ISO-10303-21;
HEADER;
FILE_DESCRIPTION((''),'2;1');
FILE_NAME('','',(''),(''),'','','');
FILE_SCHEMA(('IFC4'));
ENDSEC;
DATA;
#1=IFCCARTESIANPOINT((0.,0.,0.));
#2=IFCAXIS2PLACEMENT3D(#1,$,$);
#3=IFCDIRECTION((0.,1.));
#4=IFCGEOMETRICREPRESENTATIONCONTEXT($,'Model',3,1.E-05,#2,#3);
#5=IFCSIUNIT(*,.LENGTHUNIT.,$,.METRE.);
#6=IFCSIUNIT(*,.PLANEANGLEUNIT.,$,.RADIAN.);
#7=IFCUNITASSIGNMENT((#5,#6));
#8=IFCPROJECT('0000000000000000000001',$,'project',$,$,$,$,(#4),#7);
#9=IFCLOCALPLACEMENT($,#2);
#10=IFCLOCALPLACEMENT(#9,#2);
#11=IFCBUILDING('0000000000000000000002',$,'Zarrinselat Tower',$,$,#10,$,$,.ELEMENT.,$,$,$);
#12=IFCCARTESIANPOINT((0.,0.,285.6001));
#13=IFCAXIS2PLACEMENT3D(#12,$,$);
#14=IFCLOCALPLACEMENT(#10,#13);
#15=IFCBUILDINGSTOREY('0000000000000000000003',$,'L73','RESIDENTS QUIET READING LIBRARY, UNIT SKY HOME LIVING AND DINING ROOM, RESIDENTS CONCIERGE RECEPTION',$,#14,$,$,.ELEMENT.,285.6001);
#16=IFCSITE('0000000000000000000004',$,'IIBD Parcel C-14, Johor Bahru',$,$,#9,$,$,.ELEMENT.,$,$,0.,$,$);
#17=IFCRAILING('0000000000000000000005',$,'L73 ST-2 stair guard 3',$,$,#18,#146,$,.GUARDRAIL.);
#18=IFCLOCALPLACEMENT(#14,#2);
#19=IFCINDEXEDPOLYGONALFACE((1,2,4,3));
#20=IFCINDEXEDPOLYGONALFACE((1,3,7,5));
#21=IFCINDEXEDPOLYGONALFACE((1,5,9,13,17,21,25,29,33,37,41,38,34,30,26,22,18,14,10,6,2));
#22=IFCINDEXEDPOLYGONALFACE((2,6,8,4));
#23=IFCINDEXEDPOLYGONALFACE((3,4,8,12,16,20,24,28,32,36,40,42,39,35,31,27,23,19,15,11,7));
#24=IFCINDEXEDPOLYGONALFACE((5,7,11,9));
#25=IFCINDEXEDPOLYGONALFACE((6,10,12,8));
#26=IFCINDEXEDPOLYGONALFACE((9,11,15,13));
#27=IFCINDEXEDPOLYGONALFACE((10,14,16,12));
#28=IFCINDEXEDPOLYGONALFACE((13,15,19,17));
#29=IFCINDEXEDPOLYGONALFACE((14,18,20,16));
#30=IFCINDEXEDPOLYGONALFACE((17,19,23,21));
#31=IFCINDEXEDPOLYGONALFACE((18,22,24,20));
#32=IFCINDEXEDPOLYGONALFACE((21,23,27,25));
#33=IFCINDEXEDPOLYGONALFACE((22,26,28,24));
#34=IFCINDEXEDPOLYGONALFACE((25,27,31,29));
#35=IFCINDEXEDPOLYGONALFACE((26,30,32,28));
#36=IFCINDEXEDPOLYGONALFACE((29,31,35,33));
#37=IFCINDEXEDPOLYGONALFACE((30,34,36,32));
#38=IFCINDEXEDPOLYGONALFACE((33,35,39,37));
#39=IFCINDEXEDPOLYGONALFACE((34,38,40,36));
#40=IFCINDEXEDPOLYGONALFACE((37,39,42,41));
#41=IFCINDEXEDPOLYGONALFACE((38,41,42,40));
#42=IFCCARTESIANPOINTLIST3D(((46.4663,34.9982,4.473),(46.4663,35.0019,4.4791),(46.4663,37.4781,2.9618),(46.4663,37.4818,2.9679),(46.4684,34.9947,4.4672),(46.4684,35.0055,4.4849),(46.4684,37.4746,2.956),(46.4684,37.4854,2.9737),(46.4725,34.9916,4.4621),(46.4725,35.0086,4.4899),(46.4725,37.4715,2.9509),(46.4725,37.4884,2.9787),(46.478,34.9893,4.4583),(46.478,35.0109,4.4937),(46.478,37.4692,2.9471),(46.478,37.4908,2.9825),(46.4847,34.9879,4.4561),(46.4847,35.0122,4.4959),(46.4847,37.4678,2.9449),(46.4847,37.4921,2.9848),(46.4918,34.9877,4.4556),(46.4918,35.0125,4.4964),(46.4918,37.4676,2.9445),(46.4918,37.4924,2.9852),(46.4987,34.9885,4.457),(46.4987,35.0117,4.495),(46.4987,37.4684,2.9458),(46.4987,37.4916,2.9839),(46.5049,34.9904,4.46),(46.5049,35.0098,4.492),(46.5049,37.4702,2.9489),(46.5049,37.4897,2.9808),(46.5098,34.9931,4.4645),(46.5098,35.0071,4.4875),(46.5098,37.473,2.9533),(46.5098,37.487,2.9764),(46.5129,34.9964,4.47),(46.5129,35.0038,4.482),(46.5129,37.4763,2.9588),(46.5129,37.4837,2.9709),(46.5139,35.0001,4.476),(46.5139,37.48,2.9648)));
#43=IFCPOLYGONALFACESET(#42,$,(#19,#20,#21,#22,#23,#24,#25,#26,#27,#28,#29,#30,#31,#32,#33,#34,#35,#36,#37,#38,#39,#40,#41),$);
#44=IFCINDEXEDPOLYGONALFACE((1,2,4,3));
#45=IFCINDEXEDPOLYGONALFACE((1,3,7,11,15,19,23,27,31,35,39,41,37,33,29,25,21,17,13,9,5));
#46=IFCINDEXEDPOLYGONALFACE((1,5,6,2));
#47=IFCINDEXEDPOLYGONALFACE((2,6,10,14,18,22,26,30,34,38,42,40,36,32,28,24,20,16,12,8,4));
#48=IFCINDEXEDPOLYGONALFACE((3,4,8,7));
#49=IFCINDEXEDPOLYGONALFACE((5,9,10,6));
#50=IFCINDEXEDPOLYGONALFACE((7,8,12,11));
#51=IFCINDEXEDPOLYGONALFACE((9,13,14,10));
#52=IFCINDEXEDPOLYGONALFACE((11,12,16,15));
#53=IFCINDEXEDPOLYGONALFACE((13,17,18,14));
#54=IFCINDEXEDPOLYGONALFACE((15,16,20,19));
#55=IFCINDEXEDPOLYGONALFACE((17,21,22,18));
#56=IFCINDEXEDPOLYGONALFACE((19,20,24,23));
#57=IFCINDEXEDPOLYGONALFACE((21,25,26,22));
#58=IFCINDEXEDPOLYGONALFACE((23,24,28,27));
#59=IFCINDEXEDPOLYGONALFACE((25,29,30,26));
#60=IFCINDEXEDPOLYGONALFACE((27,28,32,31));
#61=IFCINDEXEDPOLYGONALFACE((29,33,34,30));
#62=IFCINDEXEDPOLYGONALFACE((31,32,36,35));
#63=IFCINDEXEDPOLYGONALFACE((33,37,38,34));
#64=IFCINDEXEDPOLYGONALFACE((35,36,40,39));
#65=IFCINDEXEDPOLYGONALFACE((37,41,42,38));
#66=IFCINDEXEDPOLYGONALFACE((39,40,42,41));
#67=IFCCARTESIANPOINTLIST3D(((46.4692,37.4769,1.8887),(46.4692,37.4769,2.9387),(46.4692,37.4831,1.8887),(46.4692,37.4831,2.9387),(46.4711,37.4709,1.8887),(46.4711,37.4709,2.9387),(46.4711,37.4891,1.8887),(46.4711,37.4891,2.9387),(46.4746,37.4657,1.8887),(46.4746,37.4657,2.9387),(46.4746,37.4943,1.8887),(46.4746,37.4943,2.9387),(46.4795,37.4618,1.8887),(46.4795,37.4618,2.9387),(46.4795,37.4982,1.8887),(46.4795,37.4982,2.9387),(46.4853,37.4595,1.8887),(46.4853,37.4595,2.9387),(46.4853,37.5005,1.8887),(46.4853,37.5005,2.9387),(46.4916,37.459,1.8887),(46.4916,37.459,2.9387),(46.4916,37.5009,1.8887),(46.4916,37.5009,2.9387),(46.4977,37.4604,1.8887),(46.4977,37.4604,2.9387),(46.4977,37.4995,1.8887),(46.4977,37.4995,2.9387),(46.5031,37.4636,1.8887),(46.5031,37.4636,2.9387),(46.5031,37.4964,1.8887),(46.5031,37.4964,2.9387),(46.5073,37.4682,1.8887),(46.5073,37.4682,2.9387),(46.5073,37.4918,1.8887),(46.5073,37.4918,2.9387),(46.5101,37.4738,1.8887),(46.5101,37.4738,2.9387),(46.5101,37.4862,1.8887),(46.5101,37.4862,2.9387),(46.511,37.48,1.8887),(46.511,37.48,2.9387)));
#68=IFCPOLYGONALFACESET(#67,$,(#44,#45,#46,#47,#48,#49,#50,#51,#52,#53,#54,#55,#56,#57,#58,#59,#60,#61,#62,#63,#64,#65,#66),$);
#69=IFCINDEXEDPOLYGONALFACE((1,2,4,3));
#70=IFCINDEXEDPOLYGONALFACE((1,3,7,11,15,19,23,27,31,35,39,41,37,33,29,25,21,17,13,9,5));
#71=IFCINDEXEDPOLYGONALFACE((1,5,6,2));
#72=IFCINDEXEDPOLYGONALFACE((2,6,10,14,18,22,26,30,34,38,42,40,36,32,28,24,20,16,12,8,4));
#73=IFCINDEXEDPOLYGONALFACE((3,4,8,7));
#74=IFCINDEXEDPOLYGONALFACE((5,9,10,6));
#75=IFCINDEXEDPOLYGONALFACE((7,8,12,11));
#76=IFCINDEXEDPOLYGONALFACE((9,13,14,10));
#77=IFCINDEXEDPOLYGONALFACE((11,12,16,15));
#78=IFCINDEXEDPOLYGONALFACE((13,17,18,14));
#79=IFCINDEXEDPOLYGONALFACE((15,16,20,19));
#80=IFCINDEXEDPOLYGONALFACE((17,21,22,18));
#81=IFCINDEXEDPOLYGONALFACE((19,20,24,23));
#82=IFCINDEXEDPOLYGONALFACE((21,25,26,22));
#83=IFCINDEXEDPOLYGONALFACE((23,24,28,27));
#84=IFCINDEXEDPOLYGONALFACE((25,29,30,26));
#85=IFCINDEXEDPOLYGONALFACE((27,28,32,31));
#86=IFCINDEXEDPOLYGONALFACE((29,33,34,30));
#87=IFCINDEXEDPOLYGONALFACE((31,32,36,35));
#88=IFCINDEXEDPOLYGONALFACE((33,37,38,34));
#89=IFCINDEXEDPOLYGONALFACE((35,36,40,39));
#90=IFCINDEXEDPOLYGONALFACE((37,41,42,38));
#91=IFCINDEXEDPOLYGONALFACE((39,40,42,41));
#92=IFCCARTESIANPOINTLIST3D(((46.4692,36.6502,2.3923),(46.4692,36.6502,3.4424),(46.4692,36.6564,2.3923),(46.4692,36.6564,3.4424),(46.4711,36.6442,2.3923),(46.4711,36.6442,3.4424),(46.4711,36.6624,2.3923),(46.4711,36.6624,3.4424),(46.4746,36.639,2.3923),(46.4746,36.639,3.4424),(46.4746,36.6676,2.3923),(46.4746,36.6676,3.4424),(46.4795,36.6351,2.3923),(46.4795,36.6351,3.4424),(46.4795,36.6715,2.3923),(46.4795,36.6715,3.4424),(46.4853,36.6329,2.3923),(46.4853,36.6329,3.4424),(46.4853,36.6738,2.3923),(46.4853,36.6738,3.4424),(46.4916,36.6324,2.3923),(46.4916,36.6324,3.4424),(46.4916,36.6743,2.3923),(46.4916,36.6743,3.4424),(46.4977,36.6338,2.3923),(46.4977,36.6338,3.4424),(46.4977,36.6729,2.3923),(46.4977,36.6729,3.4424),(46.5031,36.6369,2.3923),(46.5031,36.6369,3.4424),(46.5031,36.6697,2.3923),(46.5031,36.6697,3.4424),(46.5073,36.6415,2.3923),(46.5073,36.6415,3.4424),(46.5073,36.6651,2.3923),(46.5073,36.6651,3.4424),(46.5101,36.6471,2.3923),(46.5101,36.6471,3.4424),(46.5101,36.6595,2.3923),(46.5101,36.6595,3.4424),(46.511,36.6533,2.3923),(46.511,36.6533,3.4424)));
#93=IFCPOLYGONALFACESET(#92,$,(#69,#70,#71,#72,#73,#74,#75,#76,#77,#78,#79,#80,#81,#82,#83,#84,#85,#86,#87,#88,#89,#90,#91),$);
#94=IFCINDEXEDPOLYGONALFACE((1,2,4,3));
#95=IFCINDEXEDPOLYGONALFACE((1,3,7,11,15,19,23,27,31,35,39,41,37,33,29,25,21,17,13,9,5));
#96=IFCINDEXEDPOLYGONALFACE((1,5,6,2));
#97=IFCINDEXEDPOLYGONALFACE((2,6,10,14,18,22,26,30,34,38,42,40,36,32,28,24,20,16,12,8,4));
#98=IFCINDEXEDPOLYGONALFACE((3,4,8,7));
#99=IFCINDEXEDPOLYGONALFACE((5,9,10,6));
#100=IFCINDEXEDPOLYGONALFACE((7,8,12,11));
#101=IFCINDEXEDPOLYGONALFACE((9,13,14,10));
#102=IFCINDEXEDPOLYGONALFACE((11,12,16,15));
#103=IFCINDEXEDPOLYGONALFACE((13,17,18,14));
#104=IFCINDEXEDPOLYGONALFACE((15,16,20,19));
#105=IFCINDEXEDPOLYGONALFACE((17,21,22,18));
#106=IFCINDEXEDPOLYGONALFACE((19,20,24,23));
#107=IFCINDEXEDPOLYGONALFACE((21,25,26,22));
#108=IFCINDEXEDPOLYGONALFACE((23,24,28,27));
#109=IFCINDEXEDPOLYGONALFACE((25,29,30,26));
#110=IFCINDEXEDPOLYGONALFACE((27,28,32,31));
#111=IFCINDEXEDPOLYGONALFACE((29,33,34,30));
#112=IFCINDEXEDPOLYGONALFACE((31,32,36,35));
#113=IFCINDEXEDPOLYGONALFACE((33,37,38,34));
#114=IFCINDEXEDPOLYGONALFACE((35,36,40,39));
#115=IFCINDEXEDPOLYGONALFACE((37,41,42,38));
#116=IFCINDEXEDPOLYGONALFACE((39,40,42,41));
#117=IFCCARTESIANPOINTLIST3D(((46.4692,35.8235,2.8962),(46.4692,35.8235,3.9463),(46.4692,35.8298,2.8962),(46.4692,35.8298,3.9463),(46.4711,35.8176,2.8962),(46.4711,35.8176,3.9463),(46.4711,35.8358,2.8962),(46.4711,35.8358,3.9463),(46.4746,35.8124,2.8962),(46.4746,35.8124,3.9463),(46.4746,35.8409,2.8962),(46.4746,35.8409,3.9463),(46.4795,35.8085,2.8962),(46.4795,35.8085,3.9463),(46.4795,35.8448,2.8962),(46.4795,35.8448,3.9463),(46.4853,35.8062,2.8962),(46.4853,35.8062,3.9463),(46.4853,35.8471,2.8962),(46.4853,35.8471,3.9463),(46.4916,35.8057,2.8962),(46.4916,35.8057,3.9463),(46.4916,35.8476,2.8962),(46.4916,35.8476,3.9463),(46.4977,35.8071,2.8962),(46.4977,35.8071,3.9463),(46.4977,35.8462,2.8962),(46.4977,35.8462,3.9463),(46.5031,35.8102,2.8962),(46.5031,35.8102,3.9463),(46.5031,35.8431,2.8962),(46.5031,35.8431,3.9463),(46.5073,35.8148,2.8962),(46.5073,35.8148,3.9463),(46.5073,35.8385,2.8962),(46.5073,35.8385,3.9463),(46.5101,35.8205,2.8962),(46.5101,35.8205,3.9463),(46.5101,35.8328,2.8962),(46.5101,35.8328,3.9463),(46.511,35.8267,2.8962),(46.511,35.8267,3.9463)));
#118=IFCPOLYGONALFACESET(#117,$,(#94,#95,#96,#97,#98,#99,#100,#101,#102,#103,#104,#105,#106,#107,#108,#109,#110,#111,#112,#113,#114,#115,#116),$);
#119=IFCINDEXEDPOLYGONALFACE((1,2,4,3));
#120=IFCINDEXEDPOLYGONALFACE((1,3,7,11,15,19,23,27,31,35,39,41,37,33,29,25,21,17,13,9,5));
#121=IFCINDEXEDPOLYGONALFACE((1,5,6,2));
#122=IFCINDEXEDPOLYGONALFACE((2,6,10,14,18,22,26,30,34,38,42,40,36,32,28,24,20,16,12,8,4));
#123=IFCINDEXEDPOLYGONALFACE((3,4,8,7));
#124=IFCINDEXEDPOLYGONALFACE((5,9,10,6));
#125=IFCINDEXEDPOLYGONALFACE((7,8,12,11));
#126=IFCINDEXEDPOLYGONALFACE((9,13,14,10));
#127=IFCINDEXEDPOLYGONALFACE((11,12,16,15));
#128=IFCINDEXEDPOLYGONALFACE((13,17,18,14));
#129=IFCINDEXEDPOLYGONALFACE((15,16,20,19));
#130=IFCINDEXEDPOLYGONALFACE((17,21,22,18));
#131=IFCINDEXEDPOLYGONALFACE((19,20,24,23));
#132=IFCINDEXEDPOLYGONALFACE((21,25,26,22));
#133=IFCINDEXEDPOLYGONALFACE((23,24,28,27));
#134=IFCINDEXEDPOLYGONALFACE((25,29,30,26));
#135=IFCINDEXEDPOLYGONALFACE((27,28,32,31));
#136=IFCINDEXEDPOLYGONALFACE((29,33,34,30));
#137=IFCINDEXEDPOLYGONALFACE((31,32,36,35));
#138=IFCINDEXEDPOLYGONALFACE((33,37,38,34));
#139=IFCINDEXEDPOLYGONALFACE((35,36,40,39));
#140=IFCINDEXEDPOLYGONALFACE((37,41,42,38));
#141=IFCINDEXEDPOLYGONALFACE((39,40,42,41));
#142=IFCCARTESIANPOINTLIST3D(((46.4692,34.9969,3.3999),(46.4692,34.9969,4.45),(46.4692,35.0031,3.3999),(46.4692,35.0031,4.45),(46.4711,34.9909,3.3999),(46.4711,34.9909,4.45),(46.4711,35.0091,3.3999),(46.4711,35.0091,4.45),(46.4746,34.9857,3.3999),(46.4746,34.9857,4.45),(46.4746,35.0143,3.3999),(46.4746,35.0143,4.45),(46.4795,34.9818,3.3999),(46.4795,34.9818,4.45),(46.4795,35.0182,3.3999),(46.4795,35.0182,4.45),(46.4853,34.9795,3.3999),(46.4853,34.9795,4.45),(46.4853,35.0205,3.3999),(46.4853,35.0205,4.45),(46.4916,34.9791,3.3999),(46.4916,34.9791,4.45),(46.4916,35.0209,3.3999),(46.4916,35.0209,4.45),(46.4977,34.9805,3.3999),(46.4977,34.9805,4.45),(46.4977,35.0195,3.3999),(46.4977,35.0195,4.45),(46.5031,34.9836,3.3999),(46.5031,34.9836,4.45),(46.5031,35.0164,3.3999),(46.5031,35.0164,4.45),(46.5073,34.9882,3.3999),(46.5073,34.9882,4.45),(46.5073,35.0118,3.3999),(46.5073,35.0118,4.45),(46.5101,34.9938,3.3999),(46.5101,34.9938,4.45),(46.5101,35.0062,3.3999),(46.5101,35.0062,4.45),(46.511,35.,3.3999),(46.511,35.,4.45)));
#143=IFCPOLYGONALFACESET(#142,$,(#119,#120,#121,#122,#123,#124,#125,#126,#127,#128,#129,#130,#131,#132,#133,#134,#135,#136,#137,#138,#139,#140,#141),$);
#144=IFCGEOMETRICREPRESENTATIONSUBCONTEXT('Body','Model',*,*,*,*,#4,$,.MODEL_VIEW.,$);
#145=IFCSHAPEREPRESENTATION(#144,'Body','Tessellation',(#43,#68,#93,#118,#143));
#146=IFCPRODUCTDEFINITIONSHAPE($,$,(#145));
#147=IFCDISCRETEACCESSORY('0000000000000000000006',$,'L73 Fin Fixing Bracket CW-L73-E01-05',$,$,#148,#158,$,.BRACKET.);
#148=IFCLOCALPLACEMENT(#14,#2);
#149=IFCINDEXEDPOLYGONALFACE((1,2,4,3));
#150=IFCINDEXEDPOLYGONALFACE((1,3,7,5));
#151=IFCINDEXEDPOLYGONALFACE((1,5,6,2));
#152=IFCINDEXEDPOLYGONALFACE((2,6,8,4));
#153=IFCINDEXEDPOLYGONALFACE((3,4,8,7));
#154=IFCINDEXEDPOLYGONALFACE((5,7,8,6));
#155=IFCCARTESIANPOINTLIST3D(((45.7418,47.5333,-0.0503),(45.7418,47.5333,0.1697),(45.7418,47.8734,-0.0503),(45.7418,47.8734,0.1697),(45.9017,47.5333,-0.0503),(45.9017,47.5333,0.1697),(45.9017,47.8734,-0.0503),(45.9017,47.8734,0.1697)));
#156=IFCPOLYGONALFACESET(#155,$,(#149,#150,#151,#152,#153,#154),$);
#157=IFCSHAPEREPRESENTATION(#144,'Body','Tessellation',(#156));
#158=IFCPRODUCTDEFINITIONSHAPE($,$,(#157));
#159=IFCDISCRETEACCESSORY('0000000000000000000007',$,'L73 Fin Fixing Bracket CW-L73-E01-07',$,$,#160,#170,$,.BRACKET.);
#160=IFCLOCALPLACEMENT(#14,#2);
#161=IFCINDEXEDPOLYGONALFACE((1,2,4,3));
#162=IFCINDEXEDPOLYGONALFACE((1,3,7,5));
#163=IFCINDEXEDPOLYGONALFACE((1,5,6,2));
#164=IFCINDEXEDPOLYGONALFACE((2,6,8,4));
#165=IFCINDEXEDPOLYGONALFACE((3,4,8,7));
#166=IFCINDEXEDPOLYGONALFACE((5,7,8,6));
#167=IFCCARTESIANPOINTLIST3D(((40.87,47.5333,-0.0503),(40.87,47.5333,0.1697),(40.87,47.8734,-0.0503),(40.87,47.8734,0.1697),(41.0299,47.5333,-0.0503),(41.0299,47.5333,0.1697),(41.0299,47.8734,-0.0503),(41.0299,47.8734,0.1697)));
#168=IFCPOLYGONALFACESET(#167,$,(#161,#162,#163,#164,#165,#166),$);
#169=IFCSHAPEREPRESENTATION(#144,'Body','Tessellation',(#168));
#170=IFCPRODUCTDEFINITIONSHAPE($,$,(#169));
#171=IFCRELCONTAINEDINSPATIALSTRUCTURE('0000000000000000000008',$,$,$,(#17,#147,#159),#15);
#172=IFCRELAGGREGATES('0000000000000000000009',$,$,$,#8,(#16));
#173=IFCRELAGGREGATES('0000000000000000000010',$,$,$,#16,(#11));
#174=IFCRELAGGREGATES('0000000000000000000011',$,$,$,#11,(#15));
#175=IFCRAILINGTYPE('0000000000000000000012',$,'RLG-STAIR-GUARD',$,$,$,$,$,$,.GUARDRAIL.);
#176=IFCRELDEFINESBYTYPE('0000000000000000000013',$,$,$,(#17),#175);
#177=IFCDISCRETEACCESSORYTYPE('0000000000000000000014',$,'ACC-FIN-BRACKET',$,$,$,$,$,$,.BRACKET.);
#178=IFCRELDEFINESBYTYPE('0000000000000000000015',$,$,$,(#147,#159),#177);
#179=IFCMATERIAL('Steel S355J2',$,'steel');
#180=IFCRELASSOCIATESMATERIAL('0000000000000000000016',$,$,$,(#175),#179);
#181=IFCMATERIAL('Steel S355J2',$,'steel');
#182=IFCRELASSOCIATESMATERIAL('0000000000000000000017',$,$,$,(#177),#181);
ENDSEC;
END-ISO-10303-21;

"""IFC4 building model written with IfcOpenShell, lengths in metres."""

from ifc_helpers import new_model, si_unit, direction, frame, origin, origin_2d, place, context, subcontext, project, spatial, rectangle, circle, extrude, material, type_object, element, save


model = new_model("IFC4")

# Units and contexts
model_context = context("Model", 3, precision=1e-05, world=origin(), true_north=direction((0.0, 1.0)))
body_context = subcontext(model_context, "Body", "Model", "MODEL_VIEW")
ifc_project = project(units=[si_unit("LENGTHUNIT", "METRE"), si_unit("PLANEANGLEUNIT", "RADIAN")], contexts=[model_context])

# Site, building, storey
site_placement = place(None, origin())
site = spatial("IfcSite", under=ifc_project, at=site_placement, Name="IIBD Parcel C-14, Johor Bahru", CompositionType="ELEMENT", RefElevation=0.0)
building_placement = place(site_placement, origin())
building = spatial("IfcBuilding", under=site, at=building_placement, Name="Zarrinselat Tower", CompositionType="ELEMENT")
storey_placement = place(building_placement, frame((0.0, 0.0, 285.6001)))
storey = spatial("IfcBuildingStorey", under=building, at=storey_placement, Name="L73", Description="RESIDENTS QUIET READING LIBRARY, UNIT SKY HOME LIVING AND DINING ROOM, RESIDENTS CONCIERGE RECEPTION", CompositionType="ELEMENT", Elevation=285.6001)

# Railing
ifc_material_1 = material(Name="Steel S355J2", Category="steel")
railing_type = type_object("IfcRailingType", Name="RLG-STAIR-GUARD", PredefinedType="GUARDRAIL", material=ifc_material_1)
railing_1_placement = place(storey_placement, frame((46.49, 37.48, 1.8887)))
element("IfcRailing", 1, at=railing_1_placement, inside=storey, type_object=railing_type, Name="L73 ST-2 stair guard 3", PredefinedType="GUARDRAIL", context=body_context, shape_type="SweptSolid", body=[
    extrude(circle(Radius=0.0239, at=origin_2d()), frame((0.0, 0.0, 1.0762), z_axis=(0.0, -0.853942, 0.520368), x_axis=(1.0, 0.0, 0.0)), (0.0, 0.0, 1.0), 2.9041),
    extrude(circle(Radius=0.021, at=origin_2d()), origin(), (0.0, 0.0, 1.0), 1.05),
    extrude(circle(Radius=0.021, at=origin_2d()), frame((0.0, -0.8267, 0.5037)), (0.0, 0.0, 1.0), 1.05),
    extrude(circle(Radius=0.021, at=origin_2d()), frame((0.0, -1.6533, 1.0076)), (0.0, 0.0, 1.0), 1.05),
    extrude(circle(Radius=0.021, at=origin_2d()), frame((0.0, -2.48, 1.5112)), (0.0, 0.0, 1.0), 1.05),
])

# Discrete accessories
ifc_material_2 = material(Name="Steel S355J2", Category="steel")
discrete_accessory_type = type_object("IfcDiscreteAccessoryType", Name="ACC-FIN-BRACKET", PredefinedType="BRACKET", material=ifc_material_2)
for number, where, z_axis, x_axis, name in (
    (2, (45.8218, 47.7034, -0.0503), (0.0, 0.0, 1.0), (0.0, 1.0, 0.0), "L73 Fin Fixing Bracket CW-L73-E01-05"),
    (3, (40.95, 47.7034, -0.0503), (0.0, 0.0, 1.0), (0.0, 1.0, 0.0), "L73 Fin Fixing Bracket CW-L73-E01-07"),
):
    element("IfcDiscreteAccessory", number, at=place(storey_placement, frame(where, z_axis=z_axis, x_axis=x_axis)), inside=storey, type_object=discrete_accessory_type, Name=name, PredefinedType="BRACKET", context=body_context, shape_type="SweptSolid", body=[
        extrude(rectangle(XDim=0.3401, YDim=0.1599, at=origin_2d()), origin(), (0.0, 0.0, 1.0), 0.22),
    ])

save(model, "model.ifc")
